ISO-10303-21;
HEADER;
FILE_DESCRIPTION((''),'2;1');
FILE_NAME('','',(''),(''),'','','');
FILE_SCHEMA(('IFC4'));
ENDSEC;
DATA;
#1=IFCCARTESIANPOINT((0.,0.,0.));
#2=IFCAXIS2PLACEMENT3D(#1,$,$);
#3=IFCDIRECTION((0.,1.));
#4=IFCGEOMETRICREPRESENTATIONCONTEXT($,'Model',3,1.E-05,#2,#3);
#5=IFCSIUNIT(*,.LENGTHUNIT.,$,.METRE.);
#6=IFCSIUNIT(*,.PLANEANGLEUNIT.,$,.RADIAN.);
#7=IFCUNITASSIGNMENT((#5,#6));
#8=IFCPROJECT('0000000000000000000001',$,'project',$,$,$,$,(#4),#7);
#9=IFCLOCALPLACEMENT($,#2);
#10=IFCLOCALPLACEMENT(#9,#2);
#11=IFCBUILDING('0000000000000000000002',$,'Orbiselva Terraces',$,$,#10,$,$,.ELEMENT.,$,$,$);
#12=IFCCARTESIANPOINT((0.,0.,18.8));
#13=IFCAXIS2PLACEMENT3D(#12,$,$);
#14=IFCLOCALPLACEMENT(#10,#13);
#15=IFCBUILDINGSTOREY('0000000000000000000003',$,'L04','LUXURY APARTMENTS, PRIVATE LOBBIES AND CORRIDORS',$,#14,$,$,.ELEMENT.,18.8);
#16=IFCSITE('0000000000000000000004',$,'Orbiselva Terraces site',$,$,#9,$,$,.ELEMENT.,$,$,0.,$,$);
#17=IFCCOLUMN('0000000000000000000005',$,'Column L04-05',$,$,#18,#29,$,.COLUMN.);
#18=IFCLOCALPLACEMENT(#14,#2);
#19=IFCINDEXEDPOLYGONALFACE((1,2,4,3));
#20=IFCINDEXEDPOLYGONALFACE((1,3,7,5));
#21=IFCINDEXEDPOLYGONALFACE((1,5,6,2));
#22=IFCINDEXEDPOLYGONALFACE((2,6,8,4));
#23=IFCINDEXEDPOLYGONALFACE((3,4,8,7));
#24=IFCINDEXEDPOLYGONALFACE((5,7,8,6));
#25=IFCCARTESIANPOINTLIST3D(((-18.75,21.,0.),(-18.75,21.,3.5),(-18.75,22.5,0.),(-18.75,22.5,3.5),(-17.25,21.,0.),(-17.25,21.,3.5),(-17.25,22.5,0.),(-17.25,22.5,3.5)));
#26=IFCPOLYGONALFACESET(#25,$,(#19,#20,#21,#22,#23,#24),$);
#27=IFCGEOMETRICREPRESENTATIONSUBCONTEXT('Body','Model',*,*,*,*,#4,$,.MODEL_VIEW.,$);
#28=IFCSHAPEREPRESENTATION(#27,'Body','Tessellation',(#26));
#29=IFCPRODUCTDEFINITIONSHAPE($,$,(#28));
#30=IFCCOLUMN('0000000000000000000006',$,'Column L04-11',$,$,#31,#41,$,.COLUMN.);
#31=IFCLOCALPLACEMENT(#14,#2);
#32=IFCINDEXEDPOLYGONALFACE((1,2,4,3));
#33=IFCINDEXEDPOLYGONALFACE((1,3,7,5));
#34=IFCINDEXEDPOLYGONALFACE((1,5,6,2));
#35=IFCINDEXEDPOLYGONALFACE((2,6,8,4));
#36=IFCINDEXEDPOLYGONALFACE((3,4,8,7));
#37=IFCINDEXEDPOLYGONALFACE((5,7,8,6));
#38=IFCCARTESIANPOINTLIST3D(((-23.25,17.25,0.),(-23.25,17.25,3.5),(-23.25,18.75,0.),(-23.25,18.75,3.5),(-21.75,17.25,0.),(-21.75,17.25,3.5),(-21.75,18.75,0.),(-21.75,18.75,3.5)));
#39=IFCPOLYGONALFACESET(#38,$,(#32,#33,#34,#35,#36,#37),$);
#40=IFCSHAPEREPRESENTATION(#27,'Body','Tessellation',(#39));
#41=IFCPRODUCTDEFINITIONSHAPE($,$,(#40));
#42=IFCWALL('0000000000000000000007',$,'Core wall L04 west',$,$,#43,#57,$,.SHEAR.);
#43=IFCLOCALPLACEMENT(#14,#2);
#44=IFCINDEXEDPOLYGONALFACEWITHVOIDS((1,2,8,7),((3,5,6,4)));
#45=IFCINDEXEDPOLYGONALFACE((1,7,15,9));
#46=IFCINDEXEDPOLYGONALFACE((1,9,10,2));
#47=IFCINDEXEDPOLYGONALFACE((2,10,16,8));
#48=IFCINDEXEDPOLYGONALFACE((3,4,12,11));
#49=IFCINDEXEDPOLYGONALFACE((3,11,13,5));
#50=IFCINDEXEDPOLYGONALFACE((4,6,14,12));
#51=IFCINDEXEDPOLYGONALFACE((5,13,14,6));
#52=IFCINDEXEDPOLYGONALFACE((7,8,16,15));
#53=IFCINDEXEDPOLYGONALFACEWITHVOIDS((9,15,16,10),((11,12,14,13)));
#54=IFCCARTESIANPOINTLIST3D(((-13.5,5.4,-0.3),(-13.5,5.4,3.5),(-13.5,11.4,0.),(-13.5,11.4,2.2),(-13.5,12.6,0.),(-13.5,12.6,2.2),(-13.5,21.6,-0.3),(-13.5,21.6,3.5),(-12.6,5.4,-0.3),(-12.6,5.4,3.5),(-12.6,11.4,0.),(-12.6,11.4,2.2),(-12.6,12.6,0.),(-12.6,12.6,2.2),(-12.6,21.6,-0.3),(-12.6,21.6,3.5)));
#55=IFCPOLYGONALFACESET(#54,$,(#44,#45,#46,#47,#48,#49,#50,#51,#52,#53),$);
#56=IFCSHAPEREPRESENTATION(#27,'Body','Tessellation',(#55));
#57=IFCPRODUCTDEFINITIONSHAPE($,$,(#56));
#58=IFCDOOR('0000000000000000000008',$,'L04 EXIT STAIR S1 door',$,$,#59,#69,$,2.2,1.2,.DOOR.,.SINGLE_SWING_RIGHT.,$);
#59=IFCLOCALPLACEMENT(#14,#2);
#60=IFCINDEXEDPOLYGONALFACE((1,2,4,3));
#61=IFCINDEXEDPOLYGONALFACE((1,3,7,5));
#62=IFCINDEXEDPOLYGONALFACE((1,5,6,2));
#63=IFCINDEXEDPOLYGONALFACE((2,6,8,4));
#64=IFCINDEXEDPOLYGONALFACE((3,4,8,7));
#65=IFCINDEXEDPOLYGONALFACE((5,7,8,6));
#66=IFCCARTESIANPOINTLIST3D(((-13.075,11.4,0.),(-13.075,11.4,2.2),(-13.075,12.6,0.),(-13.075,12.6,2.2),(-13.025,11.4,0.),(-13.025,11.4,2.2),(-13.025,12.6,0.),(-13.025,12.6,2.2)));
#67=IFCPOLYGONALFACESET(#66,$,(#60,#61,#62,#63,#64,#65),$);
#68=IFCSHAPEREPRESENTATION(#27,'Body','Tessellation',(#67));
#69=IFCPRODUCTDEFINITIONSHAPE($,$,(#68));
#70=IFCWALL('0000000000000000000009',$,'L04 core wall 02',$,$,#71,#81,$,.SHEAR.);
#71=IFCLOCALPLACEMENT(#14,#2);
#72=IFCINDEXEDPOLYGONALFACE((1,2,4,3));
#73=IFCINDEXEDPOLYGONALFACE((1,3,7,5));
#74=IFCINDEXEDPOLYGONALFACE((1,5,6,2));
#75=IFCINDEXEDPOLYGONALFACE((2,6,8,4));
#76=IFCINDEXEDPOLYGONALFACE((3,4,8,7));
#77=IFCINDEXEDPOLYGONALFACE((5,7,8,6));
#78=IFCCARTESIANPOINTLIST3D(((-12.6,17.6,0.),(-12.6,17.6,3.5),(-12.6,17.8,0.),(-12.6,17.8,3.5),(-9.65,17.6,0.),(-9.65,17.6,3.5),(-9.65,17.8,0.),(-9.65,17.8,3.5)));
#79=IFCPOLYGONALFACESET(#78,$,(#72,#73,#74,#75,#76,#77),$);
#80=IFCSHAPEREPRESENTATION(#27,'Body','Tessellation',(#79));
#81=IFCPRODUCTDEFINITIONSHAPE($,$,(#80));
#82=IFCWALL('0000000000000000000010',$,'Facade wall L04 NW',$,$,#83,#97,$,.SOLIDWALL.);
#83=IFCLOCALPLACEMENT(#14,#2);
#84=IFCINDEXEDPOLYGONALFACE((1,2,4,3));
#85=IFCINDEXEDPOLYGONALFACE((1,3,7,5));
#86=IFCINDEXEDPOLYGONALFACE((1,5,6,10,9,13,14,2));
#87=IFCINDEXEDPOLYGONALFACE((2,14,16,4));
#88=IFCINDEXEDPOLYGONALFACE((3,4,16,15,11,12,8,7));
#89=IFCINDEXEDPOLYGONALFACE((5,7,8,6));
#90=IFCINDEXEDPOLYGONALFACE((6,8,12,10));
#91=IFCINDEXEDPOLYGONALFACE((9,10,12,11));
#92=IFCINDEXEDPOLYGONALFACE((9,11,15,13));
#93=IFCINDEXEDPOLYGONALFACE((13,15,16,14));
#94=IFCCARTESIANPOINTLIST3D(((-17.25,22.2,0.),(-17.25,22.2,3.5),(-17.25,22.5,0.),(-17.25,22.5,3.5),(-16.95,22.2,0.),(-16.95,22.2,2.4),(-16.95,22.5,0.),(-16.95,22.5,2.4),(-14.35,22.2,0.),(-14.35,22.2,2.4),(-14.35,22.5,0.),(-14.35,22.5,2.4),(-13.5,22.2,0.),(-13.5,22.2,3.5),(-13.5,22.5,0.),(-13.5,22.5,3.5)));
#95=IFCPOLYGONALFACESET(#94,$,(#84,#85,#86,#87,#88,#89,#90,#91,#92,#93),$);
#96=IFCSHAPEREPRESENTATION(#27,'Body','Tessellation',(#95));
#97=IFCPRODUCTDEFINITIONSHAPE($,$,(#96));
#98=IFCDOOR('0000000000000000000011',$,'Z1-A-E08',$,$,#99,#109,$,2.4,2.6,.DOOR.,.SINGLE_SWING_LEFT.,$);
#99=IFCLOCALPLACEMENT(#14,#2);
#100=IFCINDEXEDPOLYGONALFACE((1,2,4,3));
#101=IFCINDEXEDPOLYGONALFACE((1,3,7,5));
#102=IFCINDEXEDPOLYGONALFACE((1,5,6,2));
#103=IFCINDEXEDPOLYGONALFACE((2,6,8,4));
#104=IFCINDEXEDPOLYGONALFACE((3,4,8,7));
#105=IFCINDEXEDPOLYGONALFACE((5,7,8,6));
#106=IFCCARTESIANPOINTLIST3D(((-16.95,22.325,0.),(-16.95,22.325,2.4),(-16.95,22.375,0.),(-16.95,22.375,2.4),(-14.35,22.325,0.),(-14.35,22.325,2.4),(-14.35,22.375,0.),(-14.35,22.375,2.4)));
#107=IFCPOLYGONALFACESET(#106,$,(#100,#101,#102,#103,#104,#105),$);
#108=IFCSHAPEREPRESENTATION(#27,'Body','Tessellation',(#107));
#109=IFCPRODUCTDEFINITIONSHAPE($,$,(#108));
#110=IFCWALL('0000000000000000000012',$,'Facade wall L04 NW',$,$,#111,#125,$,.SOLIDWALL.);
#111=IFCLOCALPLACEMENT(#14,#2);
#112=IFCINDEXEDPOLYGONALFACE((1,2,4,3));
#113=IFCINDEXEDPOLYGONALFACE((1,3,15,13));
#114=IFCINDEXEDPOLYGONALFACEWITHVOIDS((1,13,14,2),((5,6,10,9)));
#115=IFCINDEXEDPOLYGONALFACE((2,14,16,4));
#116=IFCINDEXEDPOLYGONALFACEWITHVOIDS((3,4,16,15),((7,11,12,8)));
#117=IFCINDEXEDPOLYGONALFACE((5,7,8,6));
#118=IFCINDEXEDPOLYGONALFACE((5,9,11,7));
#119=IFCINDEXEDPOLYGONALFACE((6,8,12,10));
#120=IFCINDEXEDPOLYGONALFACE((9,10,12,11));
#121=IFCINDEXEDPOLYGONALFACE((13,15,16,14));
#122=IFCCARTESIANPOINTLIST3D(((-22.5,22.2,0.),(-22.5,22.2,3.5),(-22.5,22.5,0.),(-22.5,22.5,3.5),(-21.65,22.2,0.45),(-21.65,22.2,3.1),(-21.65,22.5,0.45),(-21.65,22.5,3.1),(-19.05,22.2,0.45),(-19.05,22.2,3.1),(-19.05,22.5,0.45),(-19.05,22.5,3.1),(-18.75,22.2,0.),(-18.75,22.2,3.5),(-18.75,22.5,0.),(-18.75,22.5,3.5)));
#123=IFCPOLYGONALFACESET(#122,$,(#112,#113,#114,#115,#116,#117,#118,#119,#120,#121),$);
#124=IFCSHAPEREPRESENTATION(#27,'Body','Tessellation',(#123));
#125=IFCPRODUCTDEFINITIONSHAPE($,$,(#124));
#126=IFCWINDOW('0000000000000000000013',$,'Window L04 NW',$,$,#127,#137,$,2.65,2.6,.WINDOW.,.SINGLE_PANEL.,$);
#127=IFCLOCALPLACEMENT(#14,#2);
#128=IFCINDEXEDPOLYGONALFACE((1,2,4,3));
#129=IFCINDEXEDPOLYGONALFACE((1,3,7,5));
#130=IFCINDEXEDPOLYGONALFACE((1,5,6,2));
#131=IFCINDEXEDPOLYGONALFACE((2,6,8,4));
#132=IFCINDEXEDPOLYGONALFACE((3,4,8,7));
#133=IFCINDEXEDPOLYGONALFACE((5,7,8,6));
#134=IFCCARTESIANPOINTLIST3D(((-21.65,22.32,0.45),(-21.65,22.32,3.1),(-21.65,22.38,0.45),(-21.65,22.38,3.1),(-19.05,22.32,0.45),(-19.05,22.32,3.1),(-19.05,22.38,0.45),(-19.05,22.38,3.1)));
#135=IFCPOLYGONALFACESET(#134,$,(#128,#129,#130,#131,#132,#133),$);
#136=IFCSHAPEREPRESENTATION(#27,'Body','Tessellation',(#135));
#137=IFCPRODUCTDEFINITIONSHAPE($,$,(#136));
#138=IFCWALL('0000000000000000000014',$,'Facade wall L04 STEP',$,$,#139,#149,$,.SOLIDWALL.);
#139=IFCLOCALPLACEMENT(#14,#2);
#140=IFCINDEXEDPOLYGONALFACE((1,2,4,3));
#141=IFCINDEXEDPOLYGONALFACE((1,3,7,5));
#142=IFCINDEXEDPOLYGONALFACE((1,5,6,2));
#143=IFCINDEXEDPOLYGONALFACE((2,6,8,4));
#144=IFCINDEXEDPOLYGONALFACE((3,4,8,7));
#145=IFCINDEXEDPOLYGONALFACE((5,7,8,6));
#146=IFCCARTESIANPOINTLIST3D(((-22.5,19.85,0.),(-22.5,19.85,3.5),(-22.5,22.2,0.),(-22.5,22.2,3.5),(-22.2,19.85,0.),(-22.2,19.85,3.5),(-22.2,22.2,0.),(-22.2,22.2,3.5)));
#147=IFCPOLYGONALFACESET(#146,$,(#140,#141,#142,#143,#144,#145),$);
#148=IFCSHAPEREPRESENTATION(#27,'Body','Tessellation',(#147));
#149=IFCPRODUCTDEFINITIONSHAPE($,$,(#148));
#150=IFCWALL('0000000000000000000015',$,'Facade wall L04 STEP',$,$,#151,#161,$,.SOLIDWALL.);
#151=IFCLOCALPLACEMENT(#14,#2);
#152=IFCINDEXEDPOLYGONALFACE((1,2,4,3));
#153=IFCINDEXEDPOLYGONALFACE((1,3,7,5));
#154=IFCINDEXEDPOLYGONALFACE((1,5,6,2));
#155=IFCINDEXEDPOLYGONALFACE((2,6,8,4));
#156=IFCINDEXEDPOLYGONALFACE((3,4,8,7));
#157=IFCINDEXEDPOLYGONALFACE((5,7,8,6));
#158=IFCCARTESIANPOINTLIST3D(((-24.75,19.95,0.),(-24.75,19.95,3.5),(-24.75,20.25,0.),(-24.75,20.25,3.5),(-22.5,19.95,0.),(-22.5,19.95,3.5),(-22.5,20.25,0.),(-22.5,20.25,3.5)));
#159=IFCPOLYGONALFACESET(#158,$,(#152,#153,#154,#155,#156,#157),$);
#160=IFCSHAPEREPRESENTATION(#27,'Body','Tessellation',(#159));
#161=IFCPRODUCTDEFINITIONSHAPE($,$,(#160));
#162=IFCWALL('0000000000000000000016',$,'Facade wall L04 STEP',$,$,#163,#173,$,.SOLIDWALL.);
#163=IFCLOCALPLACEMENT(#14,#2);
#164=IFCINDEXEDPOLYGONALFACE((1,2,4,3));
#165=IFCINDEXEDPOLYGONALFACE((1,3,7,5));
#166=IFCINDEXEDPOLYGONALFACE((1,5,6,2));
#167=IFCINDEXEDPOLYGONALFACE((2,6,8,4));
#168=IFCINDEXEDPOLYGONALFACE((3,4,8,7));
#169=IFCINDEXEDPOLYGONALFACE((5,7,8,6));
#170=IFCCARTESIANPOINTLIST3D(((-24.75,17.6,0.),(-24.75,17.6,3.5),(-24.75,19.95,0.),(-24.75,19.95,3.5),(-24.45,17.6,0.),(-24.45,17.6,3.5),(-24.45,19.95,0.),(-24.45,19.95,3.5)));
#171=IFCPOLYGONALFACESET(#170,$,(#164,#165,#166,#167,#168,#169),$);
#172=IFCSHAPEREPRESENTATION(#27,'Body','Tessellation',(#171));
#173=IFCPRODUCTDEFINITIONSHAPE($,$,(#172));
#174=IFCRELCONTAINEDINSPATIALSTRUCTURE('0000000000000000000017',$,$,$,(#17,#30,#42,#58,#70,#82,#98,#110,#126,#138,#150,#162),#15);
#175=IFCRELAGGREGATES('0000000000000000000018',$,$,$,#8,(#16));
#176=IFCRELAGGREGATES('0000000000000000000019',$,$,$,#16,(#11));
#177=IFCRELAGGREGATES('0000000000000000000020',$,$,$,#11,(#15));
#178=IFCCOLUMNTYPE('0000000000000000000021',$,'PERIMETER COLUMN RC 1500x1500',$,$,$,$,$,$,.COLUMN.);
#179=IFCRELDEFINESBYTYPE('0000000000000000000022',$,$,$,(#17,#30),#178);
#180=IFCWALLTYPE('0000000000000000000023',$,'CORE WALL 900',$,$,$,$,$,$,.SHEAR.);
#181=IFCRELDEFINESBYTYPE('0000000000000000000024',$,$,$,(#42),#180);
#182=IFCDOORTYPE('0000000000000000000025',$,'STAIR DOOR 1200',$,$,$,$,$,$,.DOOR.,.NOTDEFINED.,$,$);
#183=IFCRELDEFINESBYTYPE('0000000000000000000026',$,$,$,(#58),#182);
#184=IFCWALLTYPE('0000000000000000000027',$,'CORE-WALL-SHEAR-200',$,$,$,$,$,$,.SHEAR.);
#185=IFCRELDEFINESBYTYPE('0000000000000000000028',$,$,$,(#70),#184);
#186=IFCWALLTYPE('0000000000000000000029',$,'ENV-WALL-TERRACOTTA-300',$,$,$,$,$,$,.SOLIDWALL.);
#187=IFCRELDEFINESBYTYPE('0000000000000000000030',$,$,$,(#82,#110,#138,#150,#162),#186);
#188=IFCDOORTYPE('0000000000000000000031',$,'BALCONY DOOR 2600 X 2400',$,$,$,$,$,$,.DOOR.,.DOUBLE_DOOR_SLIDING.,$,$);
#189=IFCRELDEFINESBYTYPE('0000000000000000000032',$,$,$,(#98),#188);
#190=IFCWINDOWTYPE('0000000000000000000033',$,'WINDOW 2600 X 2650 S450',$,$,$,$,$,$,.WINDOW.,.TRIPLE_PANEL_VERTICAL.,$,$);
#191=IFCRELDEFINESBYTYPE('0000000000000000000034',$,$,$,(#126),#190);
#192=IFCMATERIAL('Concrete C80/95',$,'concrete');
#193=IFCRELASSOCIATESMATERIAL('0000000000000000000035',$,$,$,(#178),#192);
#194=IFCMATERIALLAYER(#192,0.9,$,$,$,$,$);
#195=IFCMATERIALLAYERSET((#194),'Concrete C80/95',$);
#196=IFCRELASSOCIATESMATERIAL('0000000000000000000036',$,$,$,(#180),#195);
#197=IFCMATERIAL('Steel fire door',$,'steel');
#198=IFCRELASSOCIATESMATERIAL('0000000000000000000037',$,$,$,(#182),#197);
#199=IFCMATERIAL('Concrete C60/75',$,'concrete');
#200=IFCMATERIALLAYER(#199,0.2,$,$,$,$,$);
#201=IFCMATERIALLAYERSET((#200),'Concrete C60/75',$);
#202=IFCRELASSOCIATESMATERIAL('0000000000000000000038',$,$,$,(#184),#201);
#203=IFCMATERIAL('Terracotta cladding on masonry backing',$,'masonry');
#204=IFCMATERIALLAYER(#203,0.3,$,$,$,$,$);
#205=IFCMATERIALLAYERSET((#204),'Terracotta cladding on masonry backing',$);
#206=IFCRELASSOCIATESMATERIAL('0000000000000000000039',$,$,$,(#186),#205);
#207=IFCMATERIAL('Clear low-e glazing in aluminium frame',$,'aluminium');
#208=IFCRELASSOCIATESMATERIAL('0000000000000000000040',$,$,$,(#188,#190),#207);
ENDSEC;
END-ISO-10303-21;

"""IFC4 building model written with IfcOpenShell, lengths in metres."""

from ifc_helpers import new_model, si_unit, direction, frame, frame_2d, origin, origin_2d, place, context, subcontext, project, spatial, rectangle, extrude, material, layer, layer_set, material_profile, profile_set, type_object, element, fill, save


model = new_model("IFC4")

# Units and contexts
model_context = context("Model", 3, precision=1e-05, world=origin(), true_north=direction((0.0, 1.0)))
body_context = subcontext(model_context, "Body", "Model", "MODEL_VIEW")
ifc_project = project(units=[si_unit("LENGTHUNIT", "METRE"), si_unit("PLANEANGLEUNIT", "RADIAN")], contexts=[model_context])

# Site, building, storey
site_placement = place(None, origin())
site = spatial("IfcSite", under=ifc_project, at=site_placement, Name="Orbiselva Terraces site", CompositionType="ELEMENT", RefElevation=0.0)
building_placement = place(site_placement, origin())
building = spatial("IfcBuilding", under=site, at=building_placement, Name="Orbiselva Terraces", CompositionType="ELEMENT")
storey_placement = place(building_placement, frame((0.0, 0.0, 18.8)))
storey = spatial("IfcBuildingStorey", under=building, at=storey_placement, Name="L04", Description="LUXURY APARTMENTS, PRIVATE LOBBIES AND CORRIDORS", CompositionType="ELEMENT", Elevation=18.8)

# Columns
ifc_material_1 = material(Name="Concrete C80/95", Category="concrete")
ifc_material_profile = material_profile(ifc_material_1, rectangle(XDim=1.5, YDim=1.5, at=origin_2d()), Name="RC 1500x1500")
ifc_profile_set = profile_set([ifc_material_profile], Name="Concrete C80/95")
column_type = type_object("IfcColumnType", Name="PERIMETER COLUMN RC 1500x1500", PredefinedType="COLUMN", material=ifc_profile_set)
for number, where, z_axis, x_axis, name in (
    (1, (-18.0, 21.75, 0.0), (0.0, 0.0, 1.0), (1.0, 0.0, 0.0), "Column L04-05"),
    (2, (-22.5, 18.0, 0.0), (0.0, 0.0, 1.0), (1.0, 0.0, 0.0), "Column L04-11"),
):
    element("IfcColumn", number, at=place(storey_placement, frame(where, z_axis=z_axis, x_axis=x_axis)), inside=storey, type_object=column_type, Name=name, PredefinedType="COLUMN", context=body_context, shape_type="SweptSolid", body=[
        extrude(rectangle(XDim=1.5, YDim=1.5, at=origin_2d()), origin(), (0.0, 0.0, 1.0), 3.5),
    ])

# Wall, opening, door
ifc_layer_1 = layer(ifc_material_1, 0.9)
ifc_layer_set_1 = layer_set([ifc_layer_1], Name="Concrete C80/95")
wall_type_1 = type_object("IfcWallType", Name="CORE WALL 900", PredefinedType="SHEAR", material=ifc_layer_set_1)
wall_1_placement = place(storey_placement, frame((-13.05, 21.6, -0.3), z_axis=(0.0, 0.0, 1.0), x_axis=(0.0, -1.0, 0.0)))
wall_1 = element("IfcWall", 3, at=wall_1_placement, inside=storey, type_object=wall_type_1, Name="Core wall L04 west", PredefinedType="SHEAR", context=body_context, shape_type="SweptSolid", body=[
    extrude(rectangle(XDim=16.2, YDim=0.9, at=frame_2d((8.1, 0.0))), origin(), (0.0, 0.0, 1.0), 3.8),
])
opening_1_placement = place(wall_1_placement, frame((9.0, 0.0, 0.3)))
opening_1 = element("IfcOpeningElement", 4, at=opening_1_placement, cuts=wall_1, PredefinedType="OPENING", context=body_context, shape_type="SweptSolid", body=[
    extrude(rectangle(XDim=1.2, YDim=2.2, at=frame_2d((0.6, 1.1))), frame((0.0, 0.46, 0.0), z_axis=(0.0, -1.0, 0.0), x_axis=(1.0, 0.0, 0.0)), (0.0, 0.0, 1.0), 0.92),
])
ifc_material_2 = material(Name="Steel fire door", Category="steel")
door_type_1 = type_object("IfcDoorType", Name="STAIR DOOR 1200", OperationType="NOTDEFINED", PredefinedType="DOOR", material=ifc_material_2)
door_1_placement = place(opening_1_placement, frame((1.2, 0.0, 0.0), z_axis=(0.0, 0.0, 1.0), x_axis=(-1.0, 0.0, 0.0)))
door_1 = element("IfcDoor", 5, at=door_1_placement, inside=storey, type_object=door_type_1, Name="L04 EXIT STAIR S1 door", OperationType="SINGLE_SWING_RIGHT", OverallHeight=2.2, OverallWidth=1.2, PredefinedType="DOOR", context=body_context, shape_type="SweptSolid", body=[
    extrude(rectangle(XDim=1.2, YDim=2.2, at=frame_2d((0.6, 1.1))), frame((0.0, 0.025, 0.0), z_axis=(0.0, -1.0, 0.0), x_axis=(1.0, 0.0, 0.0)), (0.0, 0.0, 1.0), 0.05),
])
fill(opening_1, door_1)

# Wall
ifc_material_3 = material(Name="Concrete C60/75", Category="concrete")
ifc_layer_2 = layer(ifc_material_3, 0.2)
ifc_layer_set_2 = layer_set([ifc_layer_2], Name="Concrete C60/75")
wall_type_2 = type_object("IfcWallType", Name="CORE-WALL-SHEAR-200", PredefinedType="SHEAR", material=ifc_layer_set_2)
wall_2_placement = place(storey_placement, frame((-12.6, 17.7, 0.0), z_axis=(0.0, 0.0, 1.0), x_axis=(1.0, 0.0, 0.0)))
element("IfcWall", 6, at=wall_2_placement, inside=storey, type_object=wall_type_2, Name="L04 core wall 02", PredefinedType="SHEAR", context=body_context, shape_type="SweptSolid", body=[
    extrude(rectangle(XDim=2.95, YDim=0.2, at=frame_2d((1.475, 0.0))), origin(), (0.0, 0.0, 1.0), 3.5),
])

# Wall, opening, door
ifc_material_4 = material(Name="Terracotta cladding on masonry backing", Category="masonry")
ifc_layer_3 = layer(ifc_material_4, 0.3)
ifc_layer_set_3 = layer_set([ifc_layer_3], Name="Terracotta cladding on masonry backing")
wall_type_3 = type_object("IfcWallType", Name="ENV-WALL-TERRACOTTA-300", PredefinedType="SOLIDWALL", material=ifc_layer_set_3)
wall_3_placement = place(storey_placement, frame((-17.25, 22.35, 0.0), z_axis=(0.0, 0.0, 1.0), x_axis=(1.0, 0.0, 0.0)))
wall_3 = element("IfcWall", 7, at=wall_3_placement, inside=storey, type_object=wall_type_3, Name="Facade wall L04 NW", PredefinedType="SOLIDWALL", context=body_context, shape_type="SweptSolid", body=[
    extrude(rectangle(XDim=3.75, YDim=0.3, at=frame_2d((1.875, 0.0))), origin(), (0.0, 0.0, 1.0), 3.5),
])
opening_2_placement = place(wall_3_placement, frame((0.3, 0.0, 0.0)))
opening_2 = element("IfcOpeningElement", 8, at=opening_2_placement, cuts=wall_3, PredefinedType="OPENING", context=body_context, shape_type="SweptSolid", body=[
    extrude(rectangle(XDim=2.6, YDim=2.4, at=frame_2d((1.3, 1.2))), frame((0.0, 0.16, 0.0), z_axis=(0.0, -1.0, 0.0), x_axis=(1.0, 0.0, 0.0)), (0.0, 0.0, 1.0), 0.32),
])
ifc_material_5 = material(Name="Clear low-e glazing in aluminium frame", Category="aluminium")
door_type_2 = type_object("IfcDoorType", Name="BALCONY DOOR 2600 X 2400", OperationType="DOUBLE_DOOR_SLIDING", PredefinedType="DOOR", material=ifc_material_5)
door_2_placement = place(opening_2_placement, origin())
door_2 = element("IfcDoor", 9, at=door_2_placement, inside=storey, type_object=door_type_2, Name="Z1-A-E08", OperationType="SINGLE_SWING_LEFT", OverallHeight=2.4, OverallWidth=2.6, PredefinedType="DOOR", context=body_context, shape_type="SweptSolid", body=[
    extrude(rectangle(XDim=2.6, YDim=2.4, at=frame_2d((1.3, 1.2))), frame((0.0, 0.025, 0.0), z_axis=(0.0, -1.0, 0.0), x_axis=(1.0, 0.0, 0.0)), (0.0, 0.0, 1.0), 0.05),
])
fill(opening_2, door_2)

# Wall, opening, window
wall_4_placement = place(storey_placement, frame((-22.5, 22.35, 0.0), z_axis=(0.0, 0.0, 1.0), x_axis=(1.0, 0.0, 0.0)))
wall_4 = element("IfcWall", 10, at=wall_4_placement, inside=storey, type_object=wall_type_3, Name="Facade wall L04 NW", PredefinedType="SOLIDWALL", context=body_context, shape_type="SweptSolid", body=[
    extrude(rectangle(XDim=3.75, YDim=0.3, at=frame_2d((1.875, 0.0))), origin(), (0.0, 0.0, 1.0), 3.5),
])
opening_3_placement = place(wall_4_placement, frame((0.85, 0.0, 0.45)))
opening_3 = element("IfcOpeningElement", 11, at=opening_3_placement, cuts=wall_4, PredefinedType="OPENING", context=body_context, shape_type="SweptSolid", body=[
    extrude(rectangle(XDim=2.6, YDim=2.65, at=frame_2d((1.3, 1.325))), frame((0.0, 0.16, 0.0), z_axis=(0.0, -1.0, 0.0), x_axis=(1.0, 0.0, 0.0)), (0.0, 0.0, 1.0), 0.32),
])
window_type = type_object("IfcWindowType", Name="WINDOW 2600 X 2650 S450", PartitioningType="TRIPLE_PANEL_VERTICAL", PredefinedType="WINDOW", material=ifc_material_5)
window_placement = place(opening_3_placement, origin())
window = element("IfcWindow", 12, at=window_placement, inside=storey, type_object=window_type, Name="Window L04 NW", OverallHeight=2.65, OverallWidth=2.6, PartitioningType="SINGLE_PANEL", PredefinedType="WINDOW", context=body_context, shape_type="SweptSolid", body=[
    extrude(rectangle(XDim=2.6, YDim=2.65, at=frame_2d((1.3, 1.325))), frame((0.0, 0.03, 0.0), z_axis=(0.0, -1.0, 0.0), x_axis=(1.0, 0.0, 0.0)), (0.0, 0.0, 1.0), 0.06),
])
fill(opening_3, window)

# Walls
wall_5_placement = place(storey_placement, frame((-22.35, 19.85, 0.0), z_axis=(0.0, 0.0, 1.0), x_axis=(0.0, 1.0, 0.0)))
element("IfcWall", 13, at=wall_5_placement, inside=storey, type_object=wall_type_3, Name="Facade wall L04 STEP", PredefinedType="SOLIDWALL", context=body_context, shape_type="SweptSolid", body=[
    extrude(rectangle(XDim=2.35, YDim=0.3, at=frame_2d((1.175, 0.0))), origin(), (0.0, 0.0, 1.0), 3.5),
])
wall_6_placement = place(storey_placement, frame((-24.75, 20.1, 0.0), z_axis=(0.0, 0.0, 1.0), x_axis=(1.0, 0.0, 0.0)))
element("IfcWall", 14, at=wall_6_placement, inside=storey, type_object=wall_type_3, Name="Facade wall L04 STEP", PredefinedType="SOLIDWALL", context=body_context, shape_type="SweptSolid", body=[
    extrude(rectangle(XDim=2.25, YDim=0.3, at=frame_2d((1.125, 0.0))), origin(), (0.0, 0.0, 1.0), 3.5),
])
wall_7_placement = place(storey_placement, frame((-24.6, 17.6, 0.0), z_axis=(0.0, 0.0, 1.0), x_axis=(0.0, 1.0, 0.0)))
element("IfcWall", 15, at=wall_7_placement, inside=storey, type_object=wall_type_3, Name="Facade wall L04 STEP", PredefinedType="SOLIDWALL", context=body_context, shape_type="SweptSolid", body=[
    extrude(rectangle(XDim=2.35, YDim=0.3, at=frame_2d((1.175, 0.0))), origin(), (0.0, 0.0, 1.0), 3.5),
])

save(model, "model.ifc")
